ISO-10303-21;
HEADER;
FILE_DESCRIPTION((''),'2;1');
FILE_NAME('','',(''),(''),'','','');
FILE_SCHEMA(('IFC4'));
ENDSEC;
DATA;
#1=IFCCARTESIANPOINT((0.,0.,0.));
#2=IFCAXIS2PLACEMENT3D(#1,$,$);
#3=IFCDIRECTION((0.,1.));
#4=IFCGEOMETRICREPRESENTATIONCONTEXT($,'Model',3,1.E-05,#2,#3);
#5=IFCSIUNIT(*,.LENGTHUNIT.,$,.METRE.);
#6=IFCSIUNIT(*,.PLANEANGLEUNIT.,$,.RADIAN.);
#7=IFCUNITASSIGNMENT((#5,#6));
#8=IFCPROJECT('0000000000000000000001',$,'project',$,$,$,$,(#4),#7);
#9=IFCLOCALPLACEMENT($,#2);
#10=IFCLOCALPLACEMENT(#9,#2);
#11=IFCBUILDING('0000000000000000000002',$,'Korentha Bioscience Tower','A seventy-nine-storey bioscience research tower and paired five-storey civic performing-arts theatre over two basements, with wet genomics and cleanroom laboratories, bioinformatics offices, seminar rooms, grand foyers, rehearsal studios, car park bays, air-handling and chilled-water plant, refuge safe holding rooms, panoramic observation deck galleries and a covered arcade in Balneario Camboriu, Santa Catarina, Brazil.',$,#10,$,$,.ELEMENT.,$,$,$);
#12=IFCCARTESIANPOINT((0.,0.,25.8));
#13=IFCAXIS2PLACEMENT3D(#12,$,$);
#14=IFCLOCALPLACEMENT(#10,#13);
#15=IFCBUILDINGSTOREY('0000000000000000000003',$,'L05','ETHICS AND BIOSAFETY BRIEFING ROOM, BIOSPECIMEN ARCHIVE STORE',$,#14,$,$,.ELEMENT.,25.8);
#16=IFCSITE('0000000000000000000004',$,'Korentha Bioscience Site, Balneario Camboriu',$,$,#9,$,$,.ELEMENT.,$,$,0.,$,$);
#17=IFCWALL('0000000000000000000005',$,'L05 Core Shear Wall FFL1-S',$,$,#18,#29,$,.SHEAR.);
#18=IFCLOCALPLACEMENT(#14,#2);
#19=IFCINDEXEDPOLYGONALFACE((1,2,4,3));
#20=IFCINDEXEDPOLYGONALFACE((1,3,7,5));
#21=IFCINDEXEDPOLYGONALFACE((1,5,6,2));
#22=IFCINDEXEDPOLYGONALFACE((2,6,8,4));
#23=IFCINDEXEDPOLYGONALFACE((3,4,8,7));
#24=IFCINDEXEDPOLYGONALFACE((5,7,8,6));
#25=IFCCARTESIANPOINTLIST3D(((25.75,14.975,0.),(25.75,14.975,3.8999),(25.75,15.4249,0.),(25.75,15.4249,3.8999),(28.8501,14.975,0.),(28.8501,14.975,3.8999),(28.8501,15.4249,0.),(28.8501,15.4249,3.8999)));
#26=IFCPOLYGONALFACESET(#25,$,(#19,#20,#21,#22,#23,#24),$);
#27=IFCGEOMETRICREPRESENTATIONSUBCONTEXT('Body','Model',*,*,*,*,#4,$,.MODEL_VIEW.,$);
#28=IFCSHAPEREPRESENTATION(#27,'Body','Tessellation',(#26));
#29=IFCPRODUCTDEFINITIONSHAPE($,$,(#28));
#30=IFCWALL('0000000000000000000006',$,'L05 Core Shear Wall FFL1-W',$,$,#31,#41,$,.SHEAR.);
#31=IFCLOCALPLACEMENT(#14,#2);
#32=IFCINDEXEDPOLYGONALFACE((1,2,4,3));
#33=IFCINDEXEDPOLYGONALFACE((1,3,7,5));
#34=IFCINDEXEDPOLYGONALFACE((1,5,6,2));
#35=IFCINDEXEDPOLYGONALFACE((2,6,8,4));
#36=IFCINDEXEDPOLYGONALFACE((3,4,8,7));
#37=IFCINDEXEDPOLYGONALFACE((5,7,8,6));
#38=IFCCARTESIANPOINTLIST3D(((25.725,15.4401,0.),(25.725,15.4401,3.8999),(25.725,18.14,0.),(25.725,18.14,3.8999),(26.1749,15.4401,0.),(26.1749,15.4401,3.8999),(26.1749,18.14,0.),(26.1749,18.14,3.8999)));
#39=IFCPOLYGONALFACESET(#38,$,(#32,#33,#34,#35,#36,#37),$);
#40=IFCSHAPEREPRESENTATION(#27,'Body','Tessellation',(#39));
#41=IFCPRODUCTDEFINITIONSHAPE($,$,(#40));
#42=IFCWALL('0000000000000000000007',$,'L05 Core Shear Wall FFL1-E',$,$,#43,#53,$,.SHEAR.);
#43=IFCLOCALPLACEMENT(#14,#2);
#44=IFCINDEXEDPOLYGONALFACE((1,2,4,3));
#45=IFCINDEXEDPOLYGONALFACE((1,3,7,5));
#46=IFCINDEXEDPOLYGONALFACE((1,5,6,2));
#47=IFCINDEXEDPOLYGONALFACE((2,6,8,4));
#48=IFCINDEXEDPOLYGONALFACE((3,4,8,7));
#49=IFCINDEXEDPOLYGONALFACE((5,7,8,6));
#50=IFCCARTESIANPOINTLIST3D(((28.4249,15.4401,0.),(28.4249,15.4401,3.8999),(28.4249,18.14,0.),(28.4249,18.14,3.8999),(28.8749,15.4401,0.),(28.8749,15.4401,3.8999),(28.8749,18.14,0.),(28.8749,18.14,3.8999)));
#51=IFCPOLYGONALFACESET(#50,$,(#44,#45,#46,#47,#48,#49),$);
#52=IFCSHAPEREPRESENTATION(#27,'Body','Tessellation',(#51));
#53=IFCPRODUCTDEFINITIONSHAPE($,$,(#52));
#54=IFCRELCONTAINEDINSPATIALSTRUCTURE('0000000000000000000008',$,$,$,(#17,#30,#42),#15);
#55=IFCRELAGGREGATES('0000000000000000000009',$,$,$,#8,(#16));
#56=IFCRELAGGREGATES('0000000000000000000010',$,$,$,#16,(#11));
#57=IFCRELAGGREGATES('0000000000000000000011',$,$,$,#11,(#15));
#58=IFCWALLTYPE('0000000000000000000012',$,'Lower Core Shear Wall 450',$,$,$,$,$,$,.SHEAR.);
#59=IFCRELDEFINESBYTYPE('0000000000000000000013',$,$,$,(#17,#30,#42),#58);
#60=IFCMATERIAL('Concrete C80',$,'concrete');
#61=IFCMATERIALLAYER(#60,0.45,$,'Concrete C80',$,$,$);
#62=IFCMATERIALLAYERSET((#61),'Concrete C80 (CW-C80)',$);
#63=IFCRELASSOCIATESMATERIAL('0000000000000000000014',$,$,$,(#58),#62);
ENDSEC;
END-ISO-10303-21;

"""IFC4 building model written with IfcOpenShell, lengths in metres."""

from ifc_helpers import new_model, si_unit, direction, frame, frame_2d, origin, place, context, subcontext, project, spatial, rectangle, extrude, material, layer, layer_set, type_object, element, save


model = new_model("IFC4")

# Units and contexts
model_context = context("Model", 3, precision=1e-05, world=origin(), true_north=direction((0.0, 1.0)))
body_context = subcontext(model_context, "Body", "Model", "MODEL_VIEW")
ifc_project = project(units=[si_unit("LENGTHUNIT", "METRE"), si_unit("PLANEANGLEUNIT", "RADIAN")], contexts=[model_context])

# Site, building, storey
site_placement = place(None, origin())
site = spatial("IfcSite", under=ifc_project, at=site_placement, Name="Korentha Bioscience Site, Balneario Camboriu", CompositionType="ELEMENT", RefElevation=0.0)
building_placement = place(site_placement, origin())
building = spatial("IfcBuilding", under=site, at=building_placement, Name="Korentha Bioscience Tower", Description="A seventy-nine-storey bioscience research tower and paired five-storey civic performing-arts theatre over two basements, with wet genomics and cleanroom laboratories, bioinformatics offices, seminar rooms, grand foyers, rehearsal studios, car park bays, air-handling and chilled-water plant, refuge safe holding rooms, panoramic observation deck galleries and a covered arcade in Balneario Camboriu, Santa Catarina, Brazil.", CompositionType="ELEMENT")
storey_placement = place(building_placement, frame((0.0, 0.0, 25.8)))
storey = spatial("IfcBuildingStorey", under=building, at=storey_placement, Name="L05", Description="ETHICS AND BIOSAFETY BRIEFING ROOM, BIOSPECIMEN ARCHIVE STORE", CompositionType="ELEMENT", Elevation=25.8)

# Shared definitions
ifc_material_1 = material(Name="Concrete C80", Category="concrete")

# Walls
ifc_layer_1 = layer(ifc_material_1, 0.45, Name="Concrete C80")
ifc_layer_set_1 = layer_set([ifc_layer_1], Name="Concrete C80 (CW-C80)")
wall_type_1 = type_object("IfcWallType", Name="Lower Core Shear Wall 450", PredefinedType="SHEAR", material=ifc_layer_set_1)
wall_1_placement = place(storey_placement, frame((25.75, 15.2, 0.0), z_axis=(0.0, 0.0, 1.0), x_axis=(1.0, 0.0, 0.0)))
element("IfcWall", 1, at=wall_1_placement, inside=storey, type_object=wall_type_1, Name="L05 Core Shear Wall FFL1-S", PredefinedType="SHEAR", context=body_context, shape_type="SweptSolid", body=[
    extrude(rectangle(XDim=3.1001, YDim=0.45, at=frame_2d((1.55, 0.0))), origin(), (0.0, 0.0, 1.0), 3.8999),
])
for number, where, z_axis, x_axis, name in (
    (2, (25.95, 15.4399, 0.0), (0.0, 0.0, 1.0), (0.0, 1.0, 0.0), "L05 Core Shear Wall FFL1-W"),
    (3, (28.6499, 15.4399, 0.0), (0.0, 0.0, 1.0), (0.0, 1.0, 0.0), "L05 Core Shear Wall FFL1-E"),
):
    element("IfcWall", number, at=place(storey_placement, frame(where, z_axis=z_axis, x_axis=x_axis)), inside=storey, type_object=wall_type_1, Name=name, PredefinedType="SHEAR", context=body_context, shape_type="SweptSolid", body=[
        extrude(rectangle(XDim=2.7, YDim=0.45, at=frame_2d((1.3501, 0.0))), origin(), (0.0, 0.0, 1.0), 3.8999),
    ])

save(model, "model.ifc")
